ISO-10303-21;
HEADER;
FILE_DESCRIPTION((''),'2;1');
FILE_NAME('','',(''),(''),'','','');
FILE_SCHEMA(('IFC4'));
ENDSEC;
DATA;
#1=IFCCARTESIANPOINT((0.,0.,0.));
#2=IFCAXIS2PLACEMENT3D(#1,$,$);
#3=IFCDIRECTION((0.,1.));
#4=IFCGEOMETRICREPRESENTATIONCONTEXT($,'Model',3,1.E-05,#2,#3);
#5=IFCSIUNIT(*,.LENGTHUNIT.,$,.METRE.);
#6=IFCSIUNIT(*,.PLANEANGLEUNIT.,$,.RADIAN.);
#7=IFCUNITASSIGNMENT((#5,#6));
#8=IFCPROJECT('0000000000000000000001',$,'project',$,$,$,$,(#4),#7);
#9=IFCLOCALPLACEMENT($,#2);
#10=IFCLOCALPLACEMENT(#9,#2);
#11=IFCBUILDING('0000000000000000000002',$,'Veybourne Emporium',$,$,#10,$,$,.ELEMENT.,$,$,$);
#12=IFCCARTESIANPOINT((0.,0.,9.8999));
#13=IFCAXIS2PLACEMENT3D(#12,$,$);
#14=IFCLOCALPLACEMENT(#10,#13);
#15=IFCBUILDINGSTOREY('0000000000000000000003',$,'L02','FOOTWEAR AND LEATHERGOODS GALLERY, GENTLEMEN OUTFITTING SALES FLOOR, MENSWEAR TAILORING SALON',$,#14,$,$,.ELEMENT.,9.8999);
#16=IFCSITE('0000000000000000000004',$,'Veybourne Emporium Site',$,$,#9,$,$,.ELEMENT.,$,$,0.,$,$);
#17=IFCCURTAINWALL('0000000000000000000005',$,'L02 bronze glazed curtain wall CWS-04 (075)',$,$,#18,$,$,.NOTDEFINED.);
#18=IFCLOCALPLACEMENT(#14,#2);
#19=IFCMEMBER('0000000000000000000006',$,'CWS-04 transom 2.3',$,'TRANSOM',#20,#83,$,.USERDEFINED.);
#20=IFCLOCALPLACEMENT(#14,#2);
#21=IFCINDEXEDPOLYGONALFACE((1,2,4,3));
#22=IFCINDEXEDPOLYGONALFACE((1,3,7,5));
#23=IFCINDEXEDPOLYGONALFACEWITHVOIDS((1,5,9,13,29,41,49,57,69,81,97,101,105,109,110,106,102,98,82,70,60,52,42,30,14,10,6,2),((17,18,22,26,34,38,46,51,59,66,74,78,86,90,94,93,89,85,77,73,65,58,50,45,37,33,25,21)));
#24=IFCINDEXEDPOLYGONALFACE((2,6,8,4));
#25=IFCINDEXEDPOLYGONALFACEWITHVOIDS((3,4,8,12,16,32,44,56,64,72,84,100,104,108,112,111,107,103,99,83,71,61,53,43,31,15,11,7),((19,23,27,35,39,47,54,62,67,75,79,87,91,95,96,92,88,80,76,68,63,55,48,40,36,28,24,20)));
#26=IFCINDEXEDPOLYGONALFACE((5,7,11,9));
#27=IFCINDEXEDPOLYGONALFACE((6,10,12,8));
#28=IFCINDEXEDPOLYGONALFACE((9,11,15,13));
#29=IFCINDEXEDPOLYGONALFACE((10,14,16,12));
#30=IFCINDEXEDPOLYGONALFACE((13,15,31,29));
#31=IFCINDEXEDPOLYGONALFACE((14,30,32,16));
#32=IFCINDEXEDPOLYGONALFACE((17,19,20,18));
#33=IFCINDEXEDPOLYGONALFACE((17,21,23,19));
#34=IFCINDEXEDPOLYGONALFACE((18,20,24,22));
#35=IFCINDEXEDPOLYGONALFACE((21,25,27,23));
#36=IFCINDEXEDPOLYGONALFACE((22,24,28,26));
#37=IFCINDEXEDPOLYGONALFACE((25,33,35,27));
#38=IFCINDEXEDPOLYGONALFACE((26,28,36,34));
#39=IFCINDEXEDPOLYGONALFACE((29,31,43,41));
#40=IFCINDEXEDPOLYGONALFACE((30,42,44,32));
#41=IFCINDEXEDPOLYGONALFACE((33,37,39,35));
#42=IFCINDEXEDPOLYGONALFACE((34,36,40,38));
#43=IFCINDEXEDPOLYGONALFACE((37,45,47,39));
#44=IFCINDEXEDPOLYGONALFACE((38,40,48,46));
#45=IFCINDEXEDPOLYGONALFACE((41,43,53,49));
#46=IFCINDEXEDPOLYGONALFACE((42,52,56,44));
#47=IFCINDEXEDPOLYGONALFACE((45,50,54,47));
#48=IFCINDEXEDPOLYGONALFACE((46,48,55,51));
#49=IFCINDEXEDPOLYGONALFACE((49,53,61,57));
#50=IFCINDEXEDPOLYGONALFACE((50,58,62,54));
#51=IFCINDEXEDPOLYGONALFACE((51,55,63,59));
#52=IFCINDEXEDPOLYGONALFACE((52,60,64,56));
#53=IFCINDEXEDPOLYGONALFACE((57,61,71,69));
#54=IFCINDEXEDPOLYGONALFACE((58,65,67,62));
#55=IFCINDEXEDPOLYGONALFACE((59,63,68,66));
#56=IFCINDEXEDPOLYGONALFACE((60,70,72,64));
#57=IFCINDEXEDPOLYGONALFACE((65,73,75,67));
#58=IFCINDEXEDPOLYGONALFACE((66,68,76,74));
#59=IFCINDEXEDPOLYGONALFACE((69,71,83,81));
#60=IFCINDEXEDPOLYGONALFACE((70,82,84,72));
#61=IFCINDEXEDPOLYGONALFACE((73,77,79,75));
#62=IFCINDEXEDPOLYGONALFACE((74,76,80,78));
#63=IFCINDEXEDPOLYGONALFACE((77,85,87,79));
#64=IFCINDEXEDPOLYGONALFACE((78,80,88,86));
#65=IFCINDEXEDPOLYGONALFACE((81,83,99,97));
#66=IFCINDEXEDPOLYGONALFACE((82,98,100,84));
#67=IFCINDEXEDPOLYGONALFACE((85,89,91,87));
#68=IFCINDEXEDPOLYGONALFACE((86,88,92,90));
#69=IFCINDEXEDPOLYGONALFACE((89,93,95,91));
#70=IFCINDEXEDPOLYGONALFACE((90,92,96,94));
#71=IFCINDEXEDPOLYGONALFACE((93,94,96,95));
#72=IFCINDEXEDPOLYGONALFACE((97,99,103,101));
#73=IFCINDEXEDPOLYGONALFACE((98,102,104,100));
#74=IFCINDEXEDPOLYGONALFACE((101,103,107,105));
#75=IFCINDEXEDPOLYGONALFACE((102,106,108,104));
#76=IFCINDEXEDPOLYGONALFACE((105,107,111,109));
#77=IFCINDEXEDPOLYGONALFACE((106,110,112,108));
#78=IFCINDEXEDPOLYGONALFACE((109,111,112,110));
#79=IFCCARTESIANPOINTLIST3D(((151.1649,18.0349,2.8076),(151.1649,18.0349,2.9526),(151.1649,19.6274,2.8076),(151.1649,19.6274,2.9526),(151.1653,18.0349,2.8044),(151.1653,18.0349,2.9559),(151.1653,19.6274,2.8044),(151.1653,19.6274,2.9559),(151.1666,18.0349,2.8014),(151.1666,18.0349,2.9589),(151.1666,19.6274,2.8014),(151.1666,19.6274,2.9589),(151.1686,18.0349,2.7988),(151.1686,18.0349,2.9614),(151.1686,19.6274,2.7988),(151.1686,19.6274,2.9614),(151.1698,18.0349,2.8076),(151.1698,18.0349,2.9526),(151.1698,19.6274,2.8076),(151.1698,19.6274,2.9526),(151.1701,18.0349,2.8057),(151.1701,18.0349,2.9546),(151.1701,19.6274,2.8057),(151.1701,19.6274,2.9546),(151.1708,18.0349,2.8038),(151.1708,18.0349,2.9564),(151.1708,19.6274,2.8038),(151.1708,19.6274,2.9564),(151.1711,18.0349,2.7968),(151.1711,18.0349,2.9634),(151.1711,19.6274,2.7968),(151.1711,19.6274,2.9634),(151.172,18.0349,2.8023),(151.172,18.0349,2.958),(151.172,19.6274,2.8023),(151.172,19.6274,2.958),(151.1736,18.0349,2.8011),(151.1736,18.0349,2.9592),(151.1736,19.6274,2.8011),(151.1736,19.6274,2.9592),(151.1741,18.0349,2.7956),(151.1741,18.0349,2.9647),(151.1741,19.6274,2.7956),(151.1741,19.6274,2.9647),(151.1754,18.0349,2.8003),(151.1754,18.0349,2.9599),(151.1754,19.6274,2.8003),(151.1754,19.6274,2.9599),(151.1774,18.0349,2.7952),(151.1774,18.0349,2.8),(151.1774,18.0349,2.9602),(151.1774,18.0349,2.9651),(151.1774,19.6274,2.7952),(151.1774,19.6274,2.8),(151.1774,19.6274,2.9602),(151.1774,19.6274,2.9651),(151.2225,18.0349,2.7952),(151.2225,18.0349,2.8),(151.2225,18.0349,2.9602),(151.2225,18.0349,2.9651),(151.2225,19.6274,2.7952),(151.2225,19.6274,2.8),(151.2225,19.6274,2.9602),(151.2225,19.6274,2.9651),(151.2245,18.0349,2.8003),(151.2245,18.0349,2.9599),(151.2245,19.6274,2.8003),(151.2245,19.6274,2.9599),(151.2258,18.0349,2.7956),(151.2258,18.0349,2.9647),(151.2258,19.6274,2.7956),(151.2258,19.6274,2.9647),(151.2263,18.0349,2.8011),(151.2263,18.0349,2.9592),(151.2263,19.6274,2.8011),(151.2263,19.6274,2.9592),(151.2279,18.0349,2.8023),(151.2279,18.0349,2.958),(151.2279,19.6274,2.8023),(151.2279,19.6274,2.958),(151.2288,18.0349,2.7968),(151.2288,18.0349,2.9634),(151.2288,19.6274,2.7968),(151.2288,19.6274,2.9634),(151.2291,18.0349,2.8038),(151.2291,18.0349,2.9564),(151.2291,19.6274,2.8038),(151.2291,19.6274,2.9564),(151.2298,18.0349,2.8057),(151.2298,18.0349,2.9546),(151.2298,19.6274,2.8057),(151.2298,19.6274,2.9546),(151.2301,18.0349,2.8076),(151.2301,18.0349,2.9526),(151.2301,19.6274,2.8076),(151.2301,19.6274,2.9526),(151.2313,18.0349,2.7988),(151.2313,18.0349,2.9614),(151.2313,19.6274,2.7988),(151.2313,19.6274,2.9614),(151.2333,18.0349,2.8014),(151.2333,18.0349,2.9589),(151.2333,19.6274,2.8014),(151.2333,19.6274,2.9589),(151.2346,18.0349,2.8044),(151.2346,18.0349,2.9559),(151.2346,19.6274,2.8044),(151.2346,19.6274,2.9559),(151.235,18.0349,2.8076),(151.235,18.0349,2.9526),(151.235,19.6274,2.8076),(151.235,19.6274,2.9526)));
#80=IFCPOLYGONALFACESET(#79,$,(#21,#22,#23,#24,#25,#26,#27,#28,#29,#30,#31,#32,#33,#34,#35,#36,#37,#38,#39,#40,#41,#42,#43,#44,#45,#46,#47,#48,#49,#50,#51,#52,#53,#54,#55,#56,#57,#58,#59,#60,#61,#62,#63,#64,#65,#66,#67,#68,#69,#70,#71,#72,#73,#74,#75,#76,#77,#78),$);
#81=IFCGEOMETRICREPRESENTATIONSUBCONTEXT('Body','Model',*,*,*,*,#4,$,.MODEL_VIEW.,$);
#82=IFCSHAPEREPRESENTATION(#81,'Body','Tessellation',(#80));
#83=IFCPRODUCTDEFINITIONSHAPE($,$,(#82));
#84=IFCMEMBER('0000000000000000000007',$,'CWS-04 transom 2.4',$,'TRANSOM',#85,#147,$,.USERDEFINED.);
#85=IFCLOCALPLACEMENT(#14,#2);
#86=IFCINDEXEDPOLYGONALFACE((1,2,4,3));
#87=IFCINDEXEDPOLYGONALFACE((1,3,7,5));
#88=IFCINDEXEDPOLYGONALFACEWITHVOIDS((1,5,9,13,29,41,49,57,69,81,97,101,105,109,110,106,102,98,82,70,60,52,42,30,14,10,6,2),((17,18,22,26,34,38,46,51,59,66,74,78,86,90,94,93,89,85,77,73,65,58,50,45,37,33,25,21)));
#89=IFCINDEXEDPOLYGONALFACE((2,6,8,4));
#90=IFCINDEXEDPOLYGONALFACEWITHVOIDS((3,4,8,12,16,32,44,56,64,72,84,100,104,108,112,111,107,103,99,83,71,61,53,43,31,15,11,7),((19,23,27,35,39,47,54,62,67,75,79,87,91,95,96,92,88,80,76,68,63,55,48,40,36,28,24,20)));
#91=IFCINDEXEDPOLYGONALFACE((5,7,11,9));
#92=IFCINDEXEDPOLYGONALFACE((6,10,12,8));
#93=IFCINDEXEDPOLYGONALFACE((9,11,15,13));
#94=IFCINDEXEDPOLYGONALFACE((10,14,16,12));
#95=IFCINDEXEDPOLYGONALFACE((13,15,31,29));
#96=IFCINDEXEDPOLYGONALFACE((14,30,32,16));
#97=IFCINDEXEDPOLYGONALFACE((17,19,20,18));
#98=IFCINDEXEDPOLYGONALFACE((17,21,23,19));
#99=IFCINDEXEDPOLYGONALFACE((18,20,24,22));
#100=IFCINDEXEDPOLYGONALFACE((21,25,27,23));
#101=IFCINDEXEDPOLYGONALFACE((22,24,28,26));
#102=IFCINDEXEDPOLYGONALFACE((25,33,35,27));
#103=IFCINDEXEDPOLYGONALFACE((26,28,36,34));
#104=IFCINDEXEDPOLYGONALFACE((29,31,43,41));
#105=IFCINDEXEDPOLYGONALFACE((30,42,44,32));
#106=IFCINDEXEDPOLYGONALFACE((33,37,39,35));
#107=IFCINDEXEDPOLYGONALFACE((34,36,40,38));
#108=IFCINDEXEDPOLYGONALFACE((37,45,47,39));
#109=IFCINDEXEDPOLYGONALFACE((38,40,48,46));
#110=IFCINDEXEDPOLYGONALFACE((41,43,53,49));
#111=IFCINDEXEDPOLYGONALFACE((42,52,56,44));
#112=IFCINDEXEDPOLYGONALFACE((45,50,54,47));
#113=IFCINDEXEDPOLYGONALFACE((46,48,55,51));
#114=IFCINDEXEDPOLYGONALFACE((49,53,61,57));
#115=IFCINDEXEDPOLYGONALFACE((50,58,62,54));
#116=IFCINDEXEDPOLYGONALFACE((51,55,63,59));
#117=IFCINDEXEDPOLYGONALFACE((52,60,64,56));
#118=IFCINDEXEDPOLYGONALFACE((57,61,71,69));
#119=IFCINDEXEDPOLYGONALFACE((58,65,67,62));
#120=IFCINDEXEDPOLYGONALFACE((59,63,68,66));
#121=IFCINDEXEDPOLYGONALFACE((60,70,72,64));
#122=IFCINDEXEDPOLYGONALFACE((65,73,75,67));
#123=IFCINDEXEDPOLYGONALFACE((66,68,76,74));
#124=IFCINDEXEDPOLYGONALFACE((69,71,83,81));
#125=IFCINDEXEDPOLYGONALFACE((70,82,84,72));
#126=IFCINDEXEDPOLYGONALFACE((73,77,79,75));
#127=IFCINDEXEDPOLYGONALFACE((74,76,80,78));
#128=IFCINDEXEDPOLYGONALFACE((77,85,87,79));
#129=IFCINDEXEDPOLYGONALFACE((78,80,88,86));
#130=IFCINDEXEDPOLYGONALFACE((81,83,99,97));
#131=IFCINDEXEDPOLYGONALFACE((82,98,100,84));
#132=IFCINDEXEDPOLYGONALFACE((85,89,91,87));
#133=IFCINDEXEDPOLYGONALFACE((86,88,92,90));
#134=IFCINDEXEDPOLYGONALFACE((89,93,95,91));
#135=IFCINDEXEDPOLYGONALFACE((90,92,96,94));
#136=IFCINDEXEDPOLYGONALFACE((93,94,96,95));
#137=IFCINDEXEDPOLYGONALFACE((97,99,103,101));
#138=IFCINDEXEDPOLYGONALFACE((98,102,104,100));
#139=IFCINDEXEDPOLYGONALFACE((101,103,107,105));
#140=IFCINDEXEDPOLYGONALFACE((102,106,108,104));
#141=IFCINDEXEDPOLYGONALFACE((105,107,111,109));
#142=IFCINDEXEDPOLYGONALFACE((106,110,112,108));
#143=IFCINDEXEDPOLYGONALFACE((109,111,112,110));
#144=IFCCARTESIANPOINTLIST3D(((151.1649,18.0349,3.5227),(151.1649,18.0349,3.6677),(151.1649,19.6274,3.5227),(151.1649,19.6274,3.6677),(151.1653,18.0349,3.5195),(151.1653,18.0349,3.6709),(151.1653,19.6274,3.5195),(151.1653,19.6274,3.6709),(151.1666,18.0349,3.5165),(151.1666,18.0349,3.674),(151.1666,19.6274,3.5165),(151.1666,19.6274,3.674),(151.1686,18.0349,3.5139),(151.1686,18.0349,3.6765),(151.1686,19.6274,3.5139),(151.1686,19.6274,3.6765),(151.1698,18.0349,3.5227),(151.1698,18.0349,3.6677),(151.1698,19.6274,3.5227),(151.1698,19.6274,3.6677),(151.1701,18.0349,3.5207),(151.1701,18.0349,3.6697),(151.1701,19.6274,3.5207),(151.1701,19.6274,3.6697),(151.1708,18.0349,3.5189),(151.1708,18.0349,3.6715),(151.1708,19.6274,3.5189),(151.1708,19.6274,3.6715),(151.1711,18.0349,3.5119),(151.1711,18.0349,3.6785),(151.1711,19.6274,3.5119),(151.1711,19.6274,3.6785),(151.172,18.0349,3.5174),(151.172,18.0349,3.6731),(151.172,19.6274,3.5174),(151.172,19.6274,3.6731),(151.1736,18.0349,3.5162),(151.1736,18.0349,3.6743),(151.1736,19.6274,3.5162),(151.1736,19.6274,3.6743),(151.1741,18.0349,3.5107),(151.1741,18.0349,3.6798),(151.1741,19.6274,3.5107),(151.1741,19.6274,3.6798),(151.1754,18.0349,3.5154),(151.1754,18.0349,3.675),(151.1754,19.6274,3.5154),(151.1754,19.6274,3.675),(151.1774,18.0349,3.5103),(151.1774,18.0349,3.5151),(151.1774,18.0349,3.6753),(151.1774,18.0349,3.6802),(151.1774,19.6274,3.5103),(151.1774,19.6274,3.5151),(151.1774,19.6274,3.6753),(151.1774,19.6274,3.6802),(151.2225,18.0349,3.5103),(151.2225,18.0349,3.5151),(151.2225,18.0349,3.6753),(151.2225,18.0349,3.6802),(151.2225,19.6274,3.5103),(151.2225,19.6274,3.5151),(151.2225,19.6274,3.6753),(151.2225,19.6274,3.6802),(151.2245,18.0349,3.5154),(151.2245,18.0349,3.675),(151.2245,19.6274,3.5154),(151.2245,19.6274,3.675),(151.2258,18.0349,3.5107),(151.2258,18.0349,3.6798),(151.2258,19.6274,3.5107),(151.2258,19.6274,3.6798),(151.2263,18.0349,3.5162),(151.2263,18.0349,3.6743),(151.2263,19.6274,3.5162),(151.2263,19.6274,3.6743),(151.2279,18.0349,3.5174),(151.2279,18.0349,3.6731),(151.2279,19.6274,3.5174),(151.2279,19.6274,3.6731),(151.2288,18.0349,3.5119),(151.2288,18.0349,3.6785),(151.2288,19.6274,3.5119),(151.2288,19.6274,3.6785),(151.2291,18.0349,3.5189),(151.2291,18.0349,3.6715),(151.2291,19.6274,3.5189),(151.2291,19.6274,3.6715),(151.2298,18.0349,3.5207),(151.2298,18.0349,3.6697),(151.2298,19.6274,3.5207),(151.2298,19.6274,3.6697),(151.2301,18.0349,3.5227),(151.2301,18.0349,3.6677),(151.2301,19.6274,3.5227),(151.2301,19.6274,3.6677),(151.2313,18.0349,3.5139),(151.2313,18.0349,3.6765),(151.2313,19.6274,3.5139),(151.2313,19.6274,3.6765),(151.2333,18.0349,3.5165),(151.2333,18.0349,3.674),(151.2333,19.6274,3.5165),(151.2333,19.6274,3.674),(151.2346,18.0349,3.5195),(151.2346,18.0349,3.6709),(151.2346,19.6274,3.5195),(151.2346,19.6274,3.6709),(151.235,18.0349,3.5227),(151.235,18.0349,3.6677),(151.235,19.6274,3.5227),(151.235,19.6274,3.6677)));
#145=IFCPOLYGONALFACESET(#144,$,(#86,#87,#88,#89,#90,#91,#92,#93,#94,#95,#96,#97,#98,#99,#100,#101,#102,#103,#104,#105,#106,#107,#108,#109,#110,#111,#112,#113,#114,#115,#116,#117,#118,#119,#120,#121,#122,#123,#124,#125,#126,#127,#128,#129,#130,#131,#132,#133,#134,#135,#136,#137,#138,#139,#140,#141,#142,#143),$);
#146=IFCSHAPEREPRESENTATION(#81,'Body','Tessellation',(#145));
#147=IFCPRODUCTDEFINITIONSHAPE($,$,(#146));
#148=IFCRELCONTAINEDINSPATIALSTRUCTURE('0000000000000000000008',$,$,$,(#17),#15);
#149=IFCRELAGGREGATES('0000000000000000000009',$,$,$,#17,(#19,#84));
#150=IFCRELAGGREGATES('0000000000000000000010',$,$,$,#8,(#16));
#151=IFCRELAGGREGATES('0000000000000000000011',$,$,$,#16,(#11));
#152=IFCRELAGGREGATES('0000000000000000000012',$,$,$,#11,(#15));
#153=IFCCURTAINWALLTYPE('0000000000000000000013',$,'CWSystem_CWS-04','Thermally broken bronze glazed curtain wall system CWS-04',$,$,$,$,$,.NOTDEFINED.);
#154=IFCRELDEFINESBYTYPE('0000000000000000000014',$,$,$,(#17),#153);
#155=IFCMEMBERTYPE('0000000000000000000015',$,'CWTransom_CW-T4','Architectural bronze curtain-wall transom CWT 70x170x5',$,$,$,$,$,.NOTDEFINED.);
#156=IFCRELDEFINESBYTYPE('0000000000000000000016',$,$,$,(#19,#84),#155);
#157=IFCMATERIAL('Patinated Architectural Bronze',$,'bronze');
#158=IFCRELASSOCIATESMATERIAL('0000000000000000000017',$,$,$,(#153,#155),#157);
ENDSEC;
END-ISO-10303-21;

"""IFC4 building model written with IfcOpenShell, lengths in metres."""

from ifc_helpers import new_model, si_unit, direction, frame, origin, origin_2d, place, context, subcontext, project, spatial, hollow_rectangle, extrude, material, material_profile, profile_set, type_object, element, aggregate, save


model = new_model("IFC4")

# Units and contexts
model_context = context("Model", 3, precision=1e-05, world=origin(), true_north=direction((0.0, 1.0)))
body_context = subcontext(model_context, "Body", "Model", "MODEL_VIEW")
ifc_project = project(units=[si_unit("LENGTHUNIT", "METRE"), si_unit("PLANEANGLEUNIT", "RADIAN")], contexts=[model_context])

# Site, building, storey
site_placement = place(None, origin())
site = spatial("IfcSite", under=ifc_project, at=site_placement, Name="Veybourne Emporium Site", CompositionType="ELEMENT", RefElevation=0.0)
building_placement = place(site_placement, origin())
building = spatial("IfcBuilding", under=site, at=building_placement, Name="Veybourne Emporium", CompositionType="ELEMENT")
storey_placement = place(building_placement, frame((0.0, 0.0, 9.8999)))
storey = spatial("IfcBuildingStorey", under=building, at=storey_placement, Name="L02", Description="FOOTWEAR AND LEATHERGOODS GALLERY, GENTLEMEN OUTFITTING SALES FLOOR, MENSWEAR TAILORING SALON", CompositionType="ELEMENT", Elevation=9.8999)

# Curtain wall, members
ifc_material_1 = material(Name="Patinated Architectural Bronze", Category="bronze")
curtain_wall_type = type_object("IfcCurtainWallType", Name="CWSystem_CWS-04", Description="Thermally broken bronze glazed curtain wall system CWS-04", PredefinedType="NOTDEFINED", material=ifc_material_1)
curtain_wall_placement = place(storey_placement, origin())
curtain_wall = element("IfcCurtainWall", 1, at=curtain_wall_placement, inside=storey, type_object=curtain_wall_type, Name="L02 bronze glazed curtain wall CWS-04 (075)", PredefinedType="NOTDEFINED")
ifc_material_profile_1 = material_profile(ifc_material_1, hollow_rectangle(XDim=0.0701, YDim=0.1699, WallThickness=0.0049, InnerFilletRadius=0.0076, OuterFilletRadius=0.0125, at=origin_2d()), Name="CWT 70x170x5")
ifc_profile_set_1 = profile_set([ifc_material_profile_1], Name="Patinated Architectural Bronze")
member_type_1 = type_object("IfcMemberType", Name="CWTransom_CW-T4", Description="Architectural bronze curtain-wall transom CWT 70x170x5", PredefinedType="NOTDEFINED", material=ifc_profile_set_1)
member_1_placement = place(storey_placement, frame((151.2, 19.6274, 2.8801), z_axis=(0.0, -1.0, 0.0), x_axis=(1.0, 0.0, 0.0)))
member_1 = element("IfcMember", 2, at=member_1_placement, type_object=member_type_1, Name="CWS-04 transom 2.3", ObjectType="TRANSOM", PredefinedType="USERDEFINED", context=body_context, shape_type="SweptSolid", body=[
    extrude(hollow_rectangle(XDim=0.0701, YDim=0.1699, WallThickness=0.0049, InnerFilletRadius=0.0076, OuterFilletRadius=0.0125, at=origin_2d()), origin(), (0.0, 0.0, 1.0), 1.5925),
])
member_2_placement = place(storey_placement, frame((151.2, 19.6274, 3.5952), z_axis=(0.0, -1.0, 0.0), x_axis=(1.0, 0.0, 0.0)))
member_2 = element("IfcMember", 3, at=member_2_placement, type_object=member_type_1, Name="CWS-04 transom 2.4", ObjectType="TRANSOM", PredefinedType="USERDEFINED", context=body_context, shape_type="SweptSolid", body=[
    extrude(hollow_rectangle(XDim=0.0701, YDim=0.1699, WallThickness=0.0049, InnerFilletRadius=0.0076, OuterFilletRadius=0.0125, at=origin_2d()), origin(), (0.0, 0.0, 1.0), 1.5925),
])
aggregate(curtain_wall, [member_1, member_2])

save(model, "model.ifc")
